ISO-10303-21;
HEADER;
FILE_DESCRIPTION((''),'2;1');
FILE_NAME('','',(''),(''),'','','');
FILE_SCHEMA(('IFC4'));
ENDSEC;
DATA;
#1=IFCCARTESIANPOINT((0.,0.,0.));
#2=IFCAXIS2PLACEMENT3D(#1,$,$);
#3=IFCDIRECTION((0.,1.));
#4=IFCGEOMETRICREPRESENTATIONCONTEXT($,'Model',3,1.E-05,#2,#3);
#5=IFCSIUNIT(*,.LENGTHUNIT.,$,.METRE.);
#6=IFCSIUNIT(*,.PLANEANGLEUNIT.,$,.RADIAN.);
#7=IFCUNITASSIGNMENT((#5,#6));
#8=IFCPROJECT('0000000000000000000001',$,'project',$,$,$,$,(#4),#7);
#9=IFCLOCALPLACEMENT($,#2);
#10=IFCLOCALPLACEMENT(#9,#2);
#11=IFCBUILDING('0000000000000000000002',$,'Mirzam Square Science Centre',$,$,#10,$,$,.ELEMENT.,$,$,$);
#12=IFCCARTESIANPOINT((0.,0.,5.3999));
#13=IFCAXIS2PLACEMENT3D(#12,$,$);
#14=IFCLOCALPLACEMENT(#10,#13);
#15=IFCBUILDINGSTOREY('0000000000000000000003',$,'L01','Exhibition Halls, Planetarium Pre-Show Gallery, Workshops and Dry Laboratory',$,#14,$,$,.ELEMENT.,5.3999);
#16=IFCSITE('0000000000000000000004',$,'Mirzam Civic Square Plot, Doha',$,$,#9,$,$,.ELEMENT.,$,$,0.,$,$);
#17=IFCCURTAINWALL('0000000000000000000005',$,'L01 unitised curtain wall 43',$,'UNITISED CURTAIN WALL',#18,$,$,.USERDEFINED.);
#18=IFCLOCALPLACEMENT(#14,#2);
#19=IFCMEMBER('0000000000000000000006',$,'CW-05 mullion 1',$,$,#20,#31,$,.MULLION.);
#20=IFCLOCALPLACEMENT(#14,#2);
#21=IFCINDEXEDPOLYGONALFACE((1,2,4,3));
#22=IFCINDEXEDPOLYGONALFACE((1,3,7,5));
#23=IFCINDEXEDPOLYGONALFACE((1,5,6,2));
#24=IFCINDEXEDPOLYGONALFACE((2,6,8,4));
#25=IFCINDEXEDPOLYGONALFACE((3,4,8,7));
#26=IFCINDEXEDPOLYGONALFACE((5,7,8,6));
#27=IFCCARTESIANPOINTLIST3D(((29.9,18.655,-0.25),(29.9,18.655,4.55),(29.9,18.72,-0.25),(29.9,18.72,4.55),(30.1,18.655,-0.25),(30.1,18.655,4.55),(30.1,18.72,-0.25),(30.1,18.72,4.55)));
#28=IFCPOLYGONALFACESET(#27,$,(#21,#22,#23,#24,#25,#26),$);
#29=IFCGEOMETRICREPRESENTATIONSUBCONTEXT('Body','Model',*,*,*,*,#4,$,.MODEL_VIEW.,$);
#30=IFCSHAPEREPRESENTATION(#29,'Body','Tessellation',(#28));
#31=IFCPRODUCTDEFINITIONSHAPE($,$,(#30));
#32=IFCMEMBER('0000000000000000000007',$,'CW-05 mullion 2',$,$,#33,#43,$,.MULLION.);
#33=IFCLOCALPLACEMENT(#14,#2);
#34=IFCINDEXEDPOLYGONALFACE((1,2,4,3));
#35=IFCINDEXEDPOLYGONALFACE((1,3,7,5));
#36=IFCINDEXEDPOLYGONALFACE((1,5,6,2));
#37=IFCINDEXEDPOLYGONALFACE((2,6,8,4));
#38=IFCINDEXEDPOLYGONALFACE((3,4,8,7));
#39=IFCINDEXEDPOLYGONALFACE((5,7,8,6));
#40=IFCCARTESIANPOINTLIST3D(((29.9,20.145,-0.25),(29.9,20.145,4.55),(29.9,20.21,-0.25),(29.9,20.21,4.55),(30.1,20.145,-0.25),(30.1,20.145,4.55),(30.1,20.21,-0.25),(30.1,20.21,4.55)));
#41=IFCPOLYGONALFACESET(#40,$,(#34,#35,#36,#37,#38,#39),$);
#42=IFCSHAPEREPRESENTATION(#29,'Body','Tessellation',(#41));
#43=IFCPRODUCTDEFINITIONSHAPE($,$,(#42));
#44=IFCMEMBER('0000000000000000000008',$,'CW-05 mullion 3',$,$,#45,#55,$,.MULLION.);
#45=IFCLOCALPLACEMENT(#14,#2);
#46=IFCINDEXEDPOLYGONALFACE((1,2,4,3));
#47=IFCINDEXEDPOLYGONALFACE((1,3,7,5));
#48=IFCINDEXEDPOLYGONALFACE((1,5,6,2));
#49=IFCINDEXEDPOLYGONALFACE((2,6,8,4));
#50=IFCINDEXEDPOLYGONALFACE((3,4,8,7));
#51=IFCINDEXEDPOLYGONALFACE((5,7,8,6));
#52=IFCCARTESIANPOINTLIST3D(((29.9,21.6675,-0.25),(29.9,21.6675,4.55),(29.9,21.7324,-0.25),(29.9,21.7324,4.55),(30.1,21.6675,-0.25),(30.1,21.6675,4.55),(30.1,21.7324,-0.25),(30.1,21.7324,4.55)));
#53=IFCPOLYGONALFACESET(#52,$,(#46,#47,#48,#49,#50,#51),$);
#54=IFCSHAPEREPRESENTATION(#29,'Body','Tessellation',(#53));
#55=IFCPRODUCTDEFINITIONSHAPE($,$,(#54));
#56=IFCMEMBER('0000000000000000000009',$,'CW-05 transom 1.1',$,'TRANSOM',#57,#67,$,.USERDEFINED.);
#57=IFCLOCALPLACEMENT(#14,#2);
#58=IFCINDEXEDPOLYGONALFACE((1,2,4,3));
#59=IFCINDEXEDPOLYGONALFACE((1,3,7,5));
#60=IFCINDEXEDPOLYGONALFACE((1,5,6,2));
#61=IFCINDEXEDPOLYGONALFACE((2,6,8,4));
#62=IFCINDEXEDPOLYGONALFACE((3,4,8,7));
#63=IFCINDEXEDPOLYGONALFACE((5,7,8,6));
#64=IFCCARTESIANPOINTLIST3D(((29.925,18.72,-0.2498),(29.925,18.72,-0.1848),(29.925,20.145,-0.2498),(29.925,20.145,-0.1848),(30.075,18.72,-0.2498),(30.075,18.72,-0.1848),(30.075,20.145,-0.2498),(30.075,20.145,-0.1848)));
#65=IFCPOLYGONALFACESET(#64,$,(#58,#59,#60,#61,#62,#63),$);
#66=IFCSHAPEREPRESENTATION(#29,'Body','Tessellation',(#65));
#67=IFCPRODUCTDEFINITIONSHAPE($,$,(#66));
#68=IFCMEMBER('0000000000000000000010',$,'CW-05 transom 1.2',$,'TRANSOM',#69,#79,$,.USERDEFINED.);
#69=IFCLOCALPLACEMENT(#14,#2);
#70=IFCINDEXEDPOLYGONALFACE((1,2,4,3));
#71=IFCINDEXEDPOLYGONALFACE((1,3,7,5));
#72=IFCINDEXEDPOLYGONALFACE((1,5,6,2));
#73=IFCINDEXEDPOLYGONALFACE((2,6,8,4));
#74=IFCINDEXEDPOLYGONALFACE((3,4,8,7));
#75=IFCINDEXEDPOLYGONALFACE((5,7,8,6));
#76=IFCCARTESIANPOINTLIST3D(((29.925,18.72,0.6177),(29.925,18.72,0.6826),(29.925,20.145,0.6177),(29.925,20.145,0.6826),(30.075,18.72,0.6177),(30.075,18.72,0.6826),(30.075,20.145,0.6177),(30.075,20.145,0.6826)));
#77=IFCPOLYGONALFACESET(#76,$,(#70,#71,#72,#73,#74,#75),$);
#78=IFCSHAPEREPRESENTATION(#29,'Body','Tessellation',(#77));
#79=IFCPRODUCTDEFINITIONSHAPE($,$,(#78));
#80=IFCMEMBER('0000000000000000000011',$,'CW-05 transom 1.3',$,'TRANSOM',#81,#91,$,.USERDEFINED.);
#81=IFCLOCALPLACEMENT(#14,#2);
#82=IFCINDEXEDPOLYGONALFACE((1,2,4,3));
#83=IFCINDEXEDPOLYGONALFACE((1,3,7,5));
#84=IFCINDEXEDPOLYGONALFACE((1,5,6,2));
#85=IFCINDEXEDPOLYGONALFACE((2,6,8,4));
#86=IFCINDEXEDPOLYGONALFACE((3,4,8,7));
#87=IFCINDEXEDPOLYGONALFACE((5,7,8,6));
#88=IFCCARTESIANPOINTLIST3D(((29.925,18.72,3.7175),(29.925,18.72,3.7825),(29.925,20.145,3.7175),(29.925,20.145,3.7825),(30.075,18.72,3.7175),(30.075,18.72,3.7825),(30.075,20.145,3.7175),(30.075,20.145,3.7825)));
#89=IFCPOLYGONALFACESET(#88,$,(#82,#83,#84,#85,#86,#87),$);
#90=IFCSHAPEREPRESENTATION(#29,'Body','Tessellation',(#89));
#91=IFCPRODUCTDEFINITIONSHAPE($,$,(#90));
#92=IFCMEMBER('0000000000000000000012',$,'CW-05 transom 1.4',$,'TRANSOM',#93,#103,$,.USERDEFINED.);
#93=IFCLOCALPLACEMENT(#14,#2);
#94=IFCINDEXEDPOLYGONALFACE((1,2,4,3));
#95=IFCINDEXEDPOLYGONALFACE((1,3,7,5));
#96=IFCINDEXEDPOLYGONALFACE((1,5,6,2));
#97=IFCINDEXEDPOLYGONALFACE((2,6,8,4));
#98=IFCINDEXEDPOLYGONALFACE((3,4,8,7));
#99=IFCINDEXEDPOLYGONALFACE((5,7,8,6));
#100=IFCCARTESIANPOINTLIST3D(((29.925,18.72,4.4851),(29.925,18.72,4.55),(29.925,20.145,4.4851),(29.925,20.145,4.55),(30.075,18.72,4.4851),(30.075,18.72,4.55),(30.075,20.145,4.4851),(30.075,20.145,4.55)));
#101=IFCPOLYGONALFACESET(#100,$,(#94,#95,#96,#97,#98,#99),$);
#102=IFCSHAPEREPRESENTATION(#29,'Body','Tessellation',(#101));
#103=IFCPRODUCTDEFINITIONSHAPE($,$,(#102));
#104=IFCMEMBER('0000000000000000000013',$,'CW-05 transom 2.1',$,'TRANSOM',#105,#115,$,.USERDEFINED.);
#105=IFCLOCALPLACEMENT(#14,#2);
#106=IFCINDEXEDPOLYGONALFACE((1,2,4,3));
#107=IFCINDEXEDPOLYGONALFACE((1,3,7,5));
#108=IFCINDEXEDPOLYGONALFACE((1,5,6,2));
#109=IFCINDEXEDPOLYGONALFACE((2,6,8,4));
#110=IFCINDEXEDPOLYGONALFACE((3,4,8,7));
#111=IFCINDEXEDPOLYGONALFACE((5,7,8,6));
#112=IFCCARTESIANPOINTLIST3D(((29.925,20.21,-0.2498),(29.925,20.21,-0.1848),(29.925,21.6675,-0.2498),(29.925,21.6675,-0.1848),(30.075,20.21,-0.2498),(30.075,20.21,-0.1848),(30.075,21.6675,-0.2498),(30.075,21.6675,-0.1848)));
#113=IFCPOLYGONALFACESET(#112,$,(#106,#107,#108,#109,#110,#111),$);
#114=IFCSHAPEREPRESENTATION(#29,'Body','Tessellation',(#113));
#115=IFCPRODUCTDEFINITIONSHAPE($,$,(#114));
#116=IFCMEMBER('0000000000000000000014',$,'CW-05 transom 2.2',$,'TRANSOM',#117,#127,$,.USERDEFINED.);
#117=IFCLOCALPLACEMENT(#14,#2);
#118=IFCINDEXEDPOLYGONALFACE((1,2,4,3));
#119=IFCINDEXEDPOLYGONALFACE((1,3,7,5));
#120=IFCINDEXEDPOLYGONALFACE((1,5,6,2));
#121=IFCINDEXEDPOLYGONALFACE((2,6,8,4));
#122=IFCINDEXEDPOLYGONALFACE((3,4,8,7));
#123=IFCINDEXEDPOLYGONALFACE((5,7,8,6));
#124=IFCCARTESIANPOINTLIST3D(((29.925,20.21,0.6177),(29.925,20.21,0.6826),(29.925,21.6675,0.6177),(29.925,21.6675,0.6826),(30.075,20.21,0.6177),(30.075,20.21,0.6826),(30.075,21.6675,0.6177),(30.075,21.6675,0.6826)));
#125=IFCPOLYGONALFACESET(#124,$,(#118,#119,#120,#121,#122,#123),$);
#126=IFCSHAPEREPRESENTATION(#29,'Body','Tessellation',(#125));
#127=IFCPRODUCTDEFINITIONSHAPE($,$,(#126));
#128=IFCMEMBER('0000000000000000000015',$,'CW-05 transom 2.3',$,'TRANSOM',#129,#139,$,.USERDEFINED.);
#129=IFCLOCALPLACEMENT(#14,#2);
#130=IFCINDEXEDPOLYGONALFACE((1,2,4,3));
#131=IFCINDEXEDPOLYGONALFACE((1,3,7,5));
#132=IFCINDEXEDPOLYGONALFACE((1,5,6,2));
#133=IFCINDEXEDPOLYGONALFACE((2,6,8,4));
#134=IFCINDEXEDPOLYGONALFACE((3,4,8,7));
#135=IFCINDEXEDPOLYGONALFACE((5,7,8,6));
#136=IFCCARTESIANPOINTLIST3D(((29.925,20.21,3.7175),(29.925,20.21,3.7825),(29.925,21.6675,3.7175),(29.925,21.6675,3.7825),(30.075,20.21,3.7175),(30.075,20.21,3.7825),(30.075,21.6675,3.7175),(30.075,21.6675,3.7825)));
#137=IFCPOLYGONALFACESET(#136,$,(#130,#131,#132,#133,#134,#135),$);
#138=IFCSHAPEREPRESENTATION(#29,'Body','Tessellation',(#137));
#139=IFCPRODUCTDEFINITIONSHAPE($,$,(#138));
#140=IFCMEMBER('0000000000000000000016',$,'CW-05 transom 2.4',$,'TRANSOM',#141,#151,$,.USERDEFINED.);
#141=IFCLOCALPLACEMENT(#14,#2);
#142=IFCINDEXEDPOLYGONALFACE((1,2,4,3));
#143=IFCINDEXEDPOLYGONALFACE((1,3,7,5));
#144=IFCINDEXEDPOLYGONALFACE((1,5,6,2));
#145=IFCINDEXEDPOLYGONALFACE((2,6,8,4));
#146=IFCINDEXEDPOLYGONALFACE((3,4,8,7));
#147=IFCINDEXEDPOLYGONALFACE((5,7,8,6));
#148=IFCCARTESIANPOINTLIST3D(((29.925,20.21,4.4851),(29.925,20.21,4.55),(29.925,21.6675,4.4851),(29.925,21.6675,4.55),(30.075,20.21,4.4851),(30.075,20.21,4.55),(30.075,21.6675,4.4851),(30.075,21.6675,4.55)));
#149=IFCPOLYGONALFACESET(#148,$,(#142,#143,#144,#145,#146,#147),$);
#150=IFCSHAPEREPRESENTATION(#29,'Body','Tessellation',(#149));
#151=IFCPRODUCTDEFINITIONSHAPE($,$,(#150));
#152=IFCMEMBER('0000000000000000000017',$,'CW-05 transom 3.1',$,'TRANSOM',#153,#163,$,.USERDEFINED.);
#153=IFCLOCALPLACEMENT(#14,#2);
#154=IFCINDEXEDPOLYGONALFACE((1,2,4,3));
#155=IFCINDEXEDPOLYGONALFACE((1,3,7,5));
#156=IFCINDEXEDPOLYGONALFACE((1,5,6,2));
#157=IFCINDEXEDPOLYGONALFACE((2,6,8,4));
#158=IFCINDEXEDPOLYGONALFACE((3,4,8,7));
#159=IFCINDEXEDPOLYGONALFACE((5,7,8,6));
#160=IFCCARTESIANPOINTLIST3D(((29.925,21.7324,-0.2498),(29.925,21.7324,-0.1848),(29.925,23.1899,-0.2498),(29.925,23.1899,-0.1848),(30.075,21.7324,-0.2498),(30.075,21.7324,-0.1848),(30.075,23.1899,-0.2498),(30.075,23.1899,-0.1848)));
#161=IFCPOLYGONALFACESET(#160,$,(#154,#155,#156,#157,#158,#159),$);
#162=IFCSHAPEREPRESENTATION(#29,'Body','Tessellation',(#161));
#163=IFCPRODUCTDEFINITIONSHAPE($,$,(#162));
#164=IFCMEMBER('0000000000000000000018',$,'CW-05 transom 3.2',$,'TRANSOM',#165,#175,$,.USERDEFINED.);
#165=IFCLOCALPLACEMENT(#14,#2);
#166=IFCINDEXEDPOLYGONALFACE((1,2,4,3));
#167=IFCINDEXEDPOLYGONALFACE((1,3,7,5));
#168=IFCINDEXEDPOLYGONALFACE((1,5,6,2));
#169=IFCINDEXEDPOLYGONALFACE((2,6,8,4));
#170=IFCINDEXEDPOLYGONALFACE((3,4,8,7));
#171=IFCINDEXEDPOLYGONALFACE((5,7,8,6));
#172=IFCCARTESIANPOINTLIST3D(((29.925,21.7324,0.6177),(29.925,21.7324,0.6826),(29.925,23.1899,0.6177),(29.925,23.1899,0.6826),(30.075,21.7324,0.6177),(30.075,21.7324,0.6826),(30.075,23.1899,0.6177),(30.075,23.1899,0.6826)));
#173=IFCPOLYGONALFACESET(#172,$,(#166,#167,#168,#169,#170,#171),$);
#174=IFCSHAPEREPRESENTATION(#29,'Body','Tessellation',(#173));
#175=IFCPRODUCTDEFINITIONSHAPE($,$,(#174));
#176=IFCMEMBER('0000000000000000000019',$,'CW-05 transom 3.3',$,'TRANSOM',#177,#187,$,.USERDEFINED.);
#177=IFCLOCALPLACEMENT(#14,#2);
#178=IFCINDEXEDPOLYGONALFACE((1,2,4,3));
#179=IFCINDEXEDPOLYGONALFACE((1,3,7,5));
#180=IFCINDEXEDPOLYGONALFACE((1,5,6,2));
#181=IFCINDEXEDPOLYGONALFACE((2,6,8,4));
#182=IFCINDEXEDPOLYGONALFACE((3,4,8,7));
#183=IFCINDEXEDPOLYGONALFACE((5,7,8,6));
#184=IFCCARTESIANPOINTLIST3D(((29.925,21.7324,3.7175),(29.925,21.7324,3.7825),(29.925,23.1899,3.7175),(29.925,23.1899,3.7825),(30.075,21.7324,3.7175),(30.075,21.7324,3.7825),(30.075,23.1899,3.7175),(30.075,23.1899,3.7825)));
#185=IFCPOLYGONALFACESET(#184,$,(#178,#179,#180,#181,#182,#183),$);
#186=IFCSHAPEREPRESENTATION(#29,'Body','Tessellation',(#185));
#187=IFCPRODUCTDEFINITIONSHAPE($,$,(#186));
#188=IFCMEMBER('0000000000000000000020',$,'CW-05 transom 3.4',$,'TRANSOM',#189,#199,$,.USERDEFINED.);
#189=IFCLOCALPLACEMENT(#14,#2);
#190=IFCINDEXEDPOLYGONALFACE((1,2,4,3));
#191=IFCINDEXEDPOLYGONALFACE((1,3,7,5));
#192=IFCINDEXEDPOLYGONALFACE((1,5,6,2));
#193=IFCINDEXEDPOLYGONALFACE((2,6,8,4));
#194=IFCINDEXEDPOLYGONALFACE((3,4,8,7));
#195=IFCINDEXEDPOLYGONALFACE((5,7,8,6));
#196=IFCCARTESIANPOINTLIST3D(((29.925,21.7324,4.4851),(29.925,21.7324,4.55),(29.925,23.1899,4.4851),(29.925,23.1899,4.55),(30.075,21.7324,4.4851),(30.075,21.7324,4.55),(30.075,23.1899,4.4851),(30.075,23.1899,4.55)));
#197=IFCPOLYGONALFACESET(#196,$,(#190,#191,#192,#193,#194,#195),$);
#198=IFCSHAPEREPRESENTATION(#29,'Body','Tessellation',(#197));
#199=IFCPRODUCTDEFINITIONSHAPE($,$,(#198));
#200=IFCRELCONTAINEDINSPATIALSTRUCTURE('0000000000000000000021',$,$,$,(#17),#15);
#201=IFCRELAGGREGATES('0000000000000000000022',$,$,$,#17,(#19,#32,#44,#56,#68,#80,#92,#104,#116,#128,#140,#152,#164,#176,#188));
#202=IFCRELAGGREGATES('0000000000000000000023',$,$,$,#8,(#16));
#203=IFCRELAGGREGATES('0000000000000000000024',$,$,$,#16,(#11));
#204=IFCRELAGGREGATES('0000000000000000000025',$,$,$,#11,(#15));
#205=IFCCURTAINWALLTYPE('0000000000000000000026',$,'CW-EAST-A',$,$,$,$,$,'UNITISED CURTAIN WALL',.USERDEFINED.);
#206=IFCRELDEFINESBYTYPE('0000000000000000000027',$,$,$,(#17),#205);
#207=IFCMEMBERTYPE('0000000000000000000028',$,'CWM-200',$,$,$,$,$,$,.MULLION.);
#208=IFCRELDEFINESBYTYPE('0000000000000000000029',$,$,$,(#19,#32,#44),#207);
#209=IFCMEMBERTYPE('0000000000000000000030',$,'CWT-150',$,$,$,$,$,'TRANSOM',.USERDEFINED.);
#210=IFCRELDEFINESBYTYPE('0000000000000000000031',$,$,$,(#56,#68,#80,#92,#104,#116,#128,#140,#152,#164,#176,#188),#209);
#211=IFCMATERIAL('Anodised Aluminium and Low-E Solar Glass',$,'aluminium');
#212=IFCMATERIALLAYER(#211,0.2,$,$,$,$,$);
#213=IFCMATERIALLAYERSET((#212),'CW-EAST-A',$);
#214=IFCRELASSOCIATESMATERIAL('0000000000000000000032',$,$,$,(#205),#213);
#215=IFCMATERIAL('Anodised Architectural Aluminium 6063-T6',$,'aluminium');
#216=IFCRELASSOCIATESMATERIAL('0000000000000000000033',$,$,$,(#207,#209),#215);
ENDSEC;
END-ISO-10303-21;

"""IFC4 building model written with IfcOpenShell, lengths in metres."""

from ifc_helpers import new_model, si_unit, direction, frame, origin, origin_2d, place, context, subcontext, project, spatial, rectangle, extrude, material, layer, layer_set, material_profile, profile_set, type_object, element, aggregate, save


model = new_model("IFC4")

# Units and contexts
model_context = context("Model", 3, precision=1e-05, world=origin(), true_north=direction((0.0, 1.0)))
body_context = subcontext(model_context, "Body", "Model", "MODEL_VIEW")
ifc_project = project(units=[si_unit("LENGTHUNIT", "METRE"), si_unit("PLANEANGLEUNIT", "RADIAN")], contexts=[model_context])

# Site, building, storey
site_placement = place(None, origin())
site = spatial("IfcSite", under=ifc_project, at=site_placement, Name="Mirzam Civic Square Plot, Doha", CompositionType="ELEMENT", RefElevation=0.0)
building_placement = place(site_placement, origin())
building = spatial("IfcBuilding", under=site, at=building_placement, Name="Mirzam Square Science Centre", CompositionType="ELEMENT")
storey_placement = place(building_placement, frame((0.0, 0.0, 5.3999)))
storey = spatial("IfcBuildingStorey", under=building, at=storey_placement, Name="L01", Description="Exhibition Halls, Planetarium Pre-Show Gallery, Workshops and Dry Laboratory", CompositionType="ELEMENT", Elevation=5.3999)

# Curtain wall, members
ifc_material_1 = material(Name="Anodised Aluminium and Low-E Solar Glass", Category="aluminium")
ifc_layer_1 = layer(ifc_material_1, 0.2)
ifc_layer_set_1 = layer_set([ifc_layer_1], Name="CW-EAST-A")
curtain_wall_type = type_object("IfcCurtainWallType", Name="CW-EAST-A", ElementType="UNITISED CURTAIN WALL", PredefinedType="USERDEFINED", material=ifc_layer_set_1)
curtain_wall_placement = place(storey_placement, origin())
curtain_wall = element("IfcCurtainWall", 1, at=curtain_wall_placement, inside=storey, type_object=curtain_wall_type, Name="L01 unitised curtain wall 43", ObjectType="UNITISED CURTAIN WALL", PredefinedType="USERDEFINED")
ifc_material_2 = material(Name="Anodised Architectural Aluminium 6063-T6", Category="aluminium")
ifc_material_profile_1 = material_profile(ifc_material_2, rectangle(XDim=0.0649, YDim=0.2, at=origin_2d()), Name="ALU-MULL-200x65x5")
ifc_profile_set_1 = profile_set([ifc_material_profile_1], Name="Anodised Architectural Aluminium 6063-T6")
member_type_1 = type_object("IfcMemberType", Name="CWM-200", PredefinedType="MULLION", material=ifc_profile_set_1)
member_1_placement = place(storey_placement, frame((30.0, 18.6875, -0.25), z_axis=(0.0, 0.0, 1.0), x_axis=(0.0, 1.0, 0.0)))
member_1 = element("IfcMember", 2, at=member_1_placement, type_object=member_type_1, Name="CW-05 mullion 1", PredefinedType="MULLION", context=body_context, shape_type="SweptSolid", body=[
    extrude(rectangle(XDim=0.0649, YDim=0.2, at=origin_2d()), origin(), (0.0, 0.0, 1.0), 4.8),
])
member_2_placement = place(storey_placement, frame((30.0, 20.1775, -0.25), z_axis=(0.0, 0.0, 1.0), x_axis=(0.0, 1.0, 0.0)))
member_2 = element("IfcMember", 3, at=member_2_placement, type_object=member_type_1, Name="CW-05 mullion 2", PredefinedType="MULLION", context=body_context, shape_type="SweptSolid", body=[
    extrude(rectangle(XDim=0.0649, YDim=0.2, at=origin_2d()), origin(), (0.0, 0.0, 1.0), 4.8),
])
member_3_placement = place(storey_placement, frame((30.0, 21.7, -0.25), z_axis=(0.0, 0.0, 1.0), x_axis=(0.0, 1.0, 0.0)))
member_3 = element("IfcMember", 4, at=member_3_placement, type_object=member_type_1, Name="CW-05 mullion 3", PredefinedType="MULLION", context=body_context, shape_type="SweptSolid", body=[
    extrude(rectangle(XDim=0.0649, YDim=0.2, at=origin_2d()), origin(), (0.0, 0.0, 1.0), 4.8),
])
ifc_material_profile_2 = material_profile(ifc_material_2, rectangle(XDim=0.1499, YDim=0.0649, at=origin_2d()), Name="ALU-TRAN-150x65x4")
ifc_profile_set_2 = profile_set([ifc_material_profile_2], Name="Anodised Architectural Aluminium 6063-T6")
member_type_2 = type_object("IfcMemberType", Name="CWT-150", ElementType="TRANSOM", PredefinedType="USERDEFINED", material=ifc_profile_set_2)
member_4_placement = place(storey_placement, frame((30.0, 18.72, -0.2173), z_axis=(0.0, 1.0, 0.0), x_axis=(-1.0, 0.0, 0.0)))
member_4 = element("IfcMember", 5, at=member_4_placement, type_object=member_type_2, Name="CW-05 transom 1.1", ObjectType="TRANSOM", PredefinedType="USERDEFINED", context=body_context, shape_type="SweptSolid", body=[
    extrude(rectangle(XDim=0.1499, YDim=0.0649, at=origin_2d()), origin(), (0.0, 0.0, 1.0), 1.425),
])
member_5_placement = place(storey_placement, frame((30.0, 18.72, 0.6501), z_axis=(0.0, 1.0, 0.0), x_axis=(-1.0, 0.0, 0.0)))
member_5 = element("IfcMember", 6, at=member_5_placement, type_object=member_type_2, Name="CW-05 transom 1.2", ObjectType="TRANSOM", PredefinedType="USERDEFINED", context=body_context, shape_type="SweptSolid", body=[
    extrude(rectangle(XDim=0.1499, YDim=0.0649, at=origin_2d()), origin(), (0.0, 0.0, 1.0), 1.425),
])
member_6_placement = place(storey_placement, frame((30.0, 18.72, 3.75), z_axis=(0.0, 1.0, 0.0), x_axis=(-1.0, 0.0, 0.0)))
member_6 = element("IfcMember", 7, at=member_6_placement, type_object=member_type_2, Name="CW-05 transom 1.3", ObjectType="TRANSOM", PredefinedType="USERDEFINED", context=body_context, shape_type="SweptSolid", body=[
    extrude(rectangle(XDim=0.1499, YDim=0.0649, at=origin_2d()), origin(), (0.0, 0.0, 1.0), 1.425),
])
member_7_placement = place(storey_placement, frame((30.0, 18.72, 4.5176), z_axis=(0.0, 1.0, 0.0), x_axis=(-1.0, 0.0, 0.0)))
member_7 = element("IfcMember", 8, at=member_7_placement, type_object=member_type_2, Name="CW-05 transom 1.4", ObjectType="TRANSOM", PredefinedType="USERDEFINED", context=body_context, shape_type="SweptSolid", body=[
    extrude(rectangle(XDim=0.1499, YDim=0.0649, at=origin_2d()), origin(), (0.0, 0.0, 1.0), 1.425),
])
member_8_placement = place(storey_placement, frame((30.0, 20.21, -0.2173), z_axis=(0.0, 1.0, 0.0), x_axis=(-1.0, 0.0, 0.0)))
member_8 = element("IfcMember", 9, at=member_8_placement, type_object=member_type_2, Name="CW-05 transom 2.1", ObjectType="TRANSOM", PredefinedType="USERDEFINED", context=body_context, shape_type="SweptSolid", body=[
    extrude(rectangle(XDim=0.1499, YDim=0.0649, at=origin_2d()), origin(), (0.0, 0.0, 1.0), 1.4575),
])
member_9_placement = place(storey_placement, frame((30.0, 20.21, 0.6501), z_axis=(0.0, 1.0, 0.0), x_axis=(-1.0, 0.0, 0.0)))
member_9 = element("IfcMember", 10, at=member_9_placement, type_object=member_type_2, Name="CW-05 transom 2.2", ObjectType="TRANSOM", PredefinedType="USERDEFINED", context=body_context, shape_type="SweptSolid", body=[
    extrude(rectangle(XDim=0.1499, YDim=0.0649, at=origin_2d()), origin(), (0.0, 0.0, 1.0), 1.4575),
])
member_10_placement = place(storey_placement, frame((30.0, 20.21, 3.75), z_axis=(0.0, 1.0, 0.0), x_axis=(-1.0, 0.0, 0.0)))
member_10 = element("IfcMember", 11, at=member_10_placement, type_object=member_type_2, Name="CW-05 transom 2.3", ObjectType="TRANSOM", PredefinedType="USERDEFINED", context=body_context, shape_type="SweptSolid", body=[
    extrude(rectangle(XDim=0.1499, YDim=0.0649, at=origin_2d()), origin(), (0.0, 0.0, 1.0), 1.4575),
])
member_11_placement = place(storey_placement, frame((30.0, 20.21, 4.5176), z_axis=(0.0, 1.0, 0.0), x_axis=(-1.0, 0.0, 0.0)))
member_11 = element("IfcMember", 12, at=member_11_placement, type_object=member_type_2, Name="CW-05 transom 2.4", ObjectType="TRANSOM", PredefinedType="USERDEFINED", context=body_context, shape_type="SweptSolid", body=[
    extrude(rectangle(XDim=0.1499, YDim=0.0649, at=origin_2d()), origin(), (0.0, 0.0, 1.0), 1.4575),
])
member_12_placement = place(storey_placement, frame((30.0, 21.7324, -0.2173), z_axis=(0.0, 1.0, 0.0), x_axis=(-1.0, 0.0, 0.0)))
member_12 = element("IfcMember", 13, at=member_12_placement, type_object=member_type_2, Name="CW-05 transom 3.1", ObjectType="TRANSOM", PredefinedType="USERDEFINED", context=body_context, shape_type="SweptSolid", body=[
    extrude(rectangle(XDim=0.1499, YDim=0.0649, at=origin_2d()), origin(), (0.0, 0.0, 1.0), 1.4575),
])
member_13_placement = place(storey_placement, frame((30.0, 21.7324, 0.6501), z_axis=(0.0, 1.0, 0.0), x_axis=(-1.0, 0.0, 0.0)))
member_13 = element("IfcMember", 14, at=member_13_placement, type_object=member_type_2, Name="CW-05 transom 3.2", ObjectType="TRANSOM", PredefinedType="USERDEFINED", context=body_context, shape_type="SweptSolid", body=[
    extrude(rectangle(XDim=0.1499, YDim=0.0649, at=origin_2d()), origin(), (0.0, 0.0, 1.0), 1.4575),
])
member_14_placement = place(storey_placement, frame((30.0, 21.7324, 3.75), z_axis=(0.0, 1.0, 0.0), x_axis=(-1.0, 0.0, 0.0)))
member_14 = element("IfcMember", 15, at=member_14_placement, type_object=member_type_2, Name="CW-05 transom 3.3", ObjectType="TRANSOM", PredefinedType="USERDEFINED", context=body_context, shape_type="SweptSolid", body=[
    extrude(rectangle(XDim=0.1499, YDim=0.0649, at=origin_2d()), origin(), (0.0, 0.0, 1.0), 1.4575),
])
member_15_placement = place(storey_placement, frame((30.0, 21.7324, 4.5176), z_axis=(0.0, 1.0, 0.0), x_axis=(-1.0, 0.0, 0.0)))
member_15 = element("IfcMember", 16, at=member_15_placement, type_object=member_type_2, Name="CW-05 transom 3.4", ObjectType="TRANSOM", PredefinedType="USERDEFINED", context=body_context, shape_type="SweptSolid", body=[
    extrude(rectangle(XDim=0.1499, YDim=0.0649, at=origin_2d()), origin(), (0.0, 0.0, 1.0), 1.4575),
])

aggregate(curtain_wall, [member_1, member_2, member_3, member_4, member_5, member_6, member_7, member_8, member_9, member_10, member_11, member_12, member_13, member_14, member_15])

save(model, "model.ifc")
